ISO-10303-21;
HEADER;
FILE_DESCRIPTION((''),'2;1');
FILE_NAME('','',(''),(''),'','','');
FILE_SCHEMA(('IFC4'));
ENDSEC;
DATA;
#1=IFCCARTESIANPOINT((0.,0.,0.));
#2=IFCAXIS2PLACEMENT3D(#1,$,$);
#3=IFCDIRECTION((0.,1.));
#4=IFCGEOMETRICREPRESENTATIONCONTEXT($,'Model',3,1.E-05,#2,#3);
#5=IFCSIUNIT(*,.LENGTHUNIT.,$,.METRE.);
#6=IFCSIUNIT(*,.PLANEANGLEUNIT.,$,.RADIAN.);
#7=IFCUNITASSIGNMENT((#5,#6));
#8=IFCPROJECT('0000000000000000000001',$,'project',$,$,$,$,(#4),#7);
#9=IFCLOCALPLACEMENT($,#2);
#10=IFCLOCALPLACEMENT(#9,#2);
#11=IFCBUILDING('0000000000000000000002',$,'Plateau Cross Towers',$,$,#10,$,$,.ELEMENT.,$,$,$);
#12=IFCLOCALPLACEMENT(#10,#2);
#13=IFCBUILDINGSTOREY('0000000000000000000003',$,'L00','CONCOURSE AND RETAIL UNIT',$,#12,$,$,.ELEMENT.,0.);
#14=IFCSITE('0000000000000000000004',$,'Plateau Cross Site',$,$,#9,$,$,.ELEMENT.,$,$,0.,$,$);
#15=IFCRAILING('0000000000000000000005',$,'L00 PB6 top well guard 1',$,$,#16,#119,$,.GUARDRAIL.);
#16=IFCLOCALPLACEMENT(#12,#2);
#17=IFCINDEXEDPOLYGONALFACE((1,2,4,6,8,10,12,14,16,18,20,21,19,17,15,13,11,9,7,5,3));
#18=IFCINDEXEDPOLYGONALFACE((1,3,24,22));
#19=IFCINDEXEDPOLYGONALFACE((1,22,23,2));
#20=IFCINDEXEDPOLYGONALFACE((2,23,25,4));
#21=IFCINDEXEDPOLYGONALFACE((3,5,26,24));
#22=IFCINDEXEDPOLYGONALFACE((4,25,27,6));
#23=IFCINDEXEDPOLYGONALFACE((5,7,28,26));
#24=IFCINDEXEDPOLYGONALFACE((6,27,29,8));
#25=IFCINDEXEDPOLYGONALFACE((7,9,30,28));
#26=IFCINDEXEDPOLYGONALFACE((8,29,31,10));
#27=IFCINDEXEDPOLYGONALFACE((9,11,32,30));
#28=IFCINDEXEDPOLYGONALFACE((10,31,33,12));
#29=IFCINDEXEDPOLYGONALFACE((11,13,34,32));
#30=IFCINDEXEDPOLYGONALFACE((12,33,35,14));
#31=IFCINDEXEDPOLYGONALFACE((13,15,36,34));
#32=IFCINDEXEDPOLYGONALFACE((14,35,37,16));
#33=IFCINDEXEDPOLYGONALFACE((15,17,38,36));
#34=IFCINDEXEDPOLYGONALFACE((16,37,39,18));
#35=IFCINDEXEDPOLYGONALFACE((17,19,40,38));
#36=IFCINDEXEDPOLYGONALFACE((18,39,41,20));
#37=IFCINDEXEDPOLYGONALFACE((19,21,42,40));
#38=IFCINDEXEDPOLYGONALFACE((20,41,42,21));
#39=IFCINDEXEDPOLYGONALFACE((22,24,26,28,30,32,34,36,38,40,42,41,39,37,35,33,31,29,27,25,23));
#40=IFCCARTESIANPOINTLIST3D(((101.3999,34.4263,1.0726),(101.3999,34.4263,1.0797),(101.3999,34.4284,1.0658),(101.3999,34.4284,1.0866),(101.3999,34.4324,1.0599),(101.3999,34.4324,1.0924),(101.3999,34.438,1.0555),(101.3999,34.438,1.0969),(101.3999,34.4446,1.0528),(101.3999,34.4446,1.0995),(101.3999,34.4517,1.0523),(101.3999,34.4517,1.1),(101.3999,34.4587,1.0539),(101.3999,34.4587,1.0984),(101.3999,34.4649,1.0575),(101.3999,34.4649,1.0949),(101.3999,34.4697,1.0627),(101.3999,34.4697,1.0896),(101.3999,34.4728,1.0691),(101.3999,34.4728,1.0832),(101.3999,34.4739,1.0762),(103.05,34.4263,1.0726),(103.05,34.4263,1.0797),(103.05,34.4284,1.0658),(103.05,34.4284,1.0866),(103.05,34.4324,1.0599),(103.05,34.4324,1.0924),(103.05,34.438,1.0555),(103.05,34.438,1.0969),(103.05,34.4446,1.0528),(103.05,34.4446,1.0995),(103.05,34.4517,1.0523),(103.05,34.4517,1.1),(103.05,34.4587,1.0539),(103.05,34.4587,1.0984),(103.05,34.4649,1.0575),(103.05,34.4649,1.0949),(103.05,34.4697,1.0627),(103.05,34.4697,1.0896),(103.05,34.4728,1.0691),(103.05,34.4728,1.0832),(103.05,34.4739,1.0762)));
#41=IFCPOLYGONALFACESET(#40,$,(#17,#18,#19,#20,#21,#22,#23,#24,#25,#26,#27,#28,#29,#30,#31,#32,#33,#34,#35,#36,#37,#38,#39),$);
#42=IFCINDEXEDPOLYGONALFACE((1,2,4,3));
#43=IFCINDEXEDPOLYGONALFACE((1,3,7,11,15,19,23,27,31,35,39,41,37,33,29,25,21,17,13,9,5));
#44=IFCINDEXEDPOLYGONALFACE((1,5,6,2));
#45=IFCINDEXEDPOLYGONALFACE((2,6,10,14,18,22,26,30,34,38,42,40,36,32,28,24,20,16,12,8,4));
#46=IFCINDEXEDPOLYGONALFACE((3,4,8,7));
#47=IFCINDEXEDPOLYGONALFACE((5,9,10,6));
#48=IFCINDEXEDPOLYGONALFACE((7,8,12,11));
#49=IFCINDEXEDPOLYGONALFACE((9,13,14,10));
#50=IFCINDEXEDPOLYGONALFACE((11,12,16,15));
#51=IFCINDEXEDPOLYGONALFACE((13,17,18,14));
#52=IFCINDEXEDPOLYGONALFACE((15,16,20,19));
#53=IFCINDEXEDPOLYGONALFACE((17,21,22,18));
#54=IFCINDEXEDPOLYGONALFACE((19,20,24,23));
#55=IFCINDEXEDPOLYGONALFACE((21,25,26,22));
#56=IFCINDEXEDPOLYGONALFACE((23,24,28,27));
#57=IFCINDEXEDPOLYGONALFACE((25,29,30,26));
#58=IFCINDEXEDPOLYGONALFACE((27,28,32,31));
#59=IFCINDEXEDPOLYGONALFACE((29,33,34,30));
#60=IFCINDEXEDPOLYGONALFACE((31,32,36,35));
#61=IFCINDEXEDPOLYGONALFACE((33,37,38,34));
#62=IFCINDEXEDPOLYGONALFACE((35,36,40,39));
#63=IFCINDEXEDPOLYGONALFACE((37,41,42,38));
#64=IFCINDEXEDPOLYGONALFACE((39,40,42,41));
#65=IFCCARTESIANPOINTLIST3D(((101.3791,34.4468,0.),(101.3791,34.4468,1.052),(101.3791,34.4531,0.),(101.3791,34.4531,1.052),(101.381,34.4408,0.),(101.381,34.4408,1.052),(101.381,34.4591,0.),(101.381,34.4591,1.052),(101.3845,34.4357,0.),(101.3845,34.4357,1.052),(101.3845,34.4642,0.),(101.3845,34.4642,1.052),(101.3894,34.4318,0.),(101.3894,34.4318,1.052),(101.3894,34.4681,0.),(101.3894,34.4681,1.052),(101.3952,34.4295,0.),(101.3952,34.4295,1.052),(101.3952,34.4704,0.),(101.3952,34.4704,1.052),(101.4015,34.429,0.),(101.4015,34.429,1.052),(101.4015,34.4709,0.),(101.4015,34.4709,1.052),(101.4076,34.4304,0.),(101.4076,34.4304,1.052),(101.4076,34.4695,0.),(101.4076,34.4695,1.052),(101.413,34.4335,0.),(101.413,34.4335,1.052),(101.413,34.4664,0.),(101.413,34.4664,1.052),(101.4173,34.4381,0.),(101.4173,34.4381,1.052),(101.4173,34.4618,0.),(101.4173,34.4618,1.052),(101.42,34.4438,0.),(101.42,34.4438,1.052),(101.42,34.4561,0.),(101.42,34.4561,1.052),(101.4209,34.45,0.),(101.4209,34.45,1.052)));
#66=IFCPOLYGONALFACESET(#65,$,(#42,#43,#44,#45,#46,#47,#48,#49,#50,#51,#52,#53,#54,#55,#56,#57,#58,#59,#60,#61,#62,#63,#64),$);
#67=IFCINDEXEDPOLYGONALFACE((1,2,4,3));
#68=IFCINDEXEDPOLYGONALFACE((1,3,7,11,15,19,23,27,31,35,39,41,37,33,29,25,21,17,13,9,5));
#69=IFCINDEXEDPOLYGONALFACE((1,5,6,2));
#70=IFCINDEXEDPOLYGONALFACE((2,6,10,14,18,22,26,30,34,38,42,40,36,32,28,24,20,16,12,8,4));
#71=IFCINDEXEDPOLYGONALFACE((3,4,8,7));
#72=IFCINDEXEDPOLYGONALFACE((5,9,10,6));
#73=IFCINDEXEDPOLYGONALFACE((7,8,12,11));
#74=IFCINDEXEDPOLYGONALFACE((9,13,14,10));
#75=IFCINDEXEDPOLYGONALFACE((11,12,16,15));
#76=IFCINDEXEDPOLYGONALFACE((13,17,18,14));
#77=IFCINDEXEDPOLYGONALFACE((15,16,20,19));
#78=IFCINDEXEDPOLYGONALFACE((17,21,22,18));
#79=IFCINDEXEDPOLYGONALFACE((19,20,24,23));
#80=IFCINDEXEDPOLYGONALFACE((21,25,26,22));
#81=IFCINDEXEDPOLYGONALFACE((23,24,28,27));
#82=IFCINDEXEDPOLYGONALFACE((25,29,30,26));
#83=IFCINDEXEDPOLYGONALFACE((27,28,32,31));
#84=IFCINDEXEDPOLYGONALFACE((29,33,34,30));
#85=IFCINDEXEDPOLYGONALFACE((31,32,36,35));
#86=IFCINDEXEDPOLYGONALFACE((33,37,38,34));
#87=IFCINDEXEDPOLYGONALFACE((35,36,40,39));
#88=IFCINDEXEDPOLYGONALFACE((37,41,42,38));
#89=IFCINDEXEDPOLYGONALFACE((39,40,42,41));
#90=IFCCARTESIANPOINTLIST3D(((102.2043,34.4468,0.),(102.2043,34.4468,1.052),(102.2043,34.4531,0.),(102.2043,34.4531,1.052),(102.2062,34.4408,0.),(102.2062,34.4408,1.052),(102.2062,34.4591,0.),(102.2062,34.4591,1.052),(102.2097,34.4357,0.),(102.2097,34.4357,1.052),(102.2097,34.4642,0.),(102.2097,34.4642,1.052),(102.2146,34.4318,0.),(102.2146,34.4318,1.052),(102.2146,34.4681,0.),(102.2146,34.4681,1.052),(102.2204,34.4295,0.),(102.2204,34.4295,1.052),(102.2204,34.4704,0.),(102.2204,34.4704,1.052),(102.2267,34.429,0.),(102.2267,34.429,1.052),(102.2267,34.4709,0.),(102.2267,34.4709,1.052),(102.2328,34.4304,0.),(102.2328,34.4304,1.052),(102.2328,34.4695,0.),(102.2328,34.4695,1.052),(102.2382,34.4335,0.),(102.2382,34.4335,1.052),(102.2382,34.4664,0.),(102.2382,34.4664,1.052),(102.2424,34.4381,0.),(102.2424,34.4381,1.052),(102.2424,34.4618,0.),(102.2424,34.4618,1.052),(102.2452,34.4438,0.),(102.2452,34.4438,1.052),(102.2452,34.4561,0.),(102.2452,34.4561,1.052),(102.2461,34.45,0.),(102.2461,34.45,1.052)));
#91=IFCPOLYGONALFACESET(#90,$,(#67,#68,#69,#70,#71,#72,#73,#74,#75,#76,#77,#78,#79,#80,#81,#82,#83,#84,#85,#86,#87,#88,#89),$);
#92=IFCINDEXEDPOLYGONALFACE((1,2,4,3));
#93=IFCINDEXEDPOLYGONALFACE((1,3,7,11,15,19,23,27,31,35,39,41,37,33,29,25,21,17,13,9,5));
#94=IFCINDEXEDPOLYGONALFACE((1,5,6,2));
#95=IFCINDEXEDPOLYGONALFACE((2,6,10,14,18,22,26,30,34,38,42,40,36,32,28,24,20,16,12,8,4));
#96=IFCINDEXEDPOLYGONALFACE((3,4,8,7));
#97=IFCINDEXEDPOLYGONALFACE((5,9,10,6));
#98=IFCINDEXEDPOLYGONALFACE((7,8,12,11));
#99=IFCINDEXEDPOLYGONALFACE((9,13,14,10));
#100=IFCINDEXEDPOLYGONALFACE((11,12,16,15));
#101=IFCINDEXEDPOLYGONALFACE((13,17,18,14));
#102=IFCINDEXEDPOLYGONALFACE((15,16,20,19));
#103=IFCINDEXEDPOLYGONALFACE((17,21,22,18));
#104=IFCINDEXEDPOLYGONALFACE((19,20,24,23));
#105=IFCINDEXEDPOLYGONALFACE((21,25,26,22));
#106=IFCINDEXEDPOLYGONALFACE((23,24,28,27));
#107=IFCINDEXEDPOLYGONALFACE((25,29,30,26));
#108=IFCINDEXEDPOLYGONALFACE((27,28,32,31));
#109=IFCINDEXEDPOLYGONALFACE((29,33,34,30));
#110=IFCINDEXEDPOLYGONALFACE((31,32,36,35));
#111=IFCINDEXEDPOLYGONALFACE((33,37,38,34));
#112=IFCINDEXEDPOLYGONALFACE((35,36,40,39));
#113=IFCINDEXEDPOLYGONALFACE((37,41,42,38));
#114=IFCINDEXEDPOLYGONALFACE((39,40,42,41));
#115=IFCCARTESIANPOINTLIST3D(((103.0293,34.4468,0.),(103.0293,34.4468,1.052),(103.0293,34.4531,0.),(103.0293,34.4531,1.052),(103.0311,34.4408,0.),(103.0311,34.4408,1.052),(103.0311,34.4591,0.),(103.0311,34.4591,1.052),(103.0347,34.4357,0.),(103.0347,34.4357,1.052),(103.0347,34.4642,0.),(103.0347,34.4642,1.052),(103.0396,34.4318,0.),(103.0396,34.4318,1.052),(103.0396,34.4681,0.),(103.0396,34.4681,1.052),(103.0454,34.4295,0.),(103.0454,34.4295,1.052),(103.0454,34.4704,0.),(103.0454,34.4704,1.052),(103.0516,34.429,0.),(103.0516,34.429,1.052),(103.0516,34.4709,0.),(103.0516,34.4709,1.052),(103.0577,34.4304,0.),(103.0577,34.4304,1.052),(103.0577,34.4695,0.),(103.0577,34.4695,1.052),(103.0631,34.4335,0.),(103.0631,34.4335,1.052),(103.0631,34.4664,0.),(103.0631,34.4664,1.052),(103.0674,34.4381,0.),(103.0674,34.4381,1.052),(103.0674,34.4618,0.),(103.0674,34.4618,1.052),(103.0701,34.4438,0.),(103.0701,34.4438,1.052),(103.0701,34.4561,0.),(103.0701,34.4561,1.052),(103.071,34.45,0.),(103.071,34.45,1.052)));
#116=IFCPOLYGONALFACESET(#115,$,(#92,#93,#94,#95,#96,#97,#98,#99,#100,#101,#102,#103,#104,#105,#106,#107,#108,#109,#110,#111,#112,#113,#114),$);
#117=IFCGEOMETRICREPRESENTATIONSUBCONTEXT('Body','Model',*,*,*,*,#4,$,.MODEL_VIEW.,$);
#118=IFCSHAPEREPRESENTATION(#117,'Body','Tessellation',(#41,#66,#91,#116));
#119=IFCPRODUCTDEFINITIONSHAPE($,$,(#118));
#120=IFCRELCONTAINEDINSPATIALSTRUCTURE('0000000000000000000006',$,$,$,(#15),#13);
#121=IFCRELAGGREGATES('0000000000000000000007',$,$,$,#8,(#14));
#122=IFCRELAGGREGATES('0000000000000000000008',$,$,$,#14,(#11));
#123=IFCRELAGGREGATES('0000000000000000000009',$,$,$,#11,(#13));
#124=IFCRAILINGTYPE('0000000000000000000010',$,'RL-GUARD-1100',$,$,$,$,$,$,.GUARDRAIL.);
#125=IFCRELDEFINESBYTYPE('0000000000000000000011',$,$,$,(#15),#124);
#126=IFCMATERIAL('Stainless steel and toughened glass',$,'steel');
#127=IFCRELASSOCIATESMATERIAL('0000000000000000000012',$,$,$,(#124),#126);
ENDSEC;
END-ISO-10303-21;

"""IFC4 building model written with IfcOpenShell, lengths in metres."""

from ifc_helpers import new_model, si_unit, direction, frame, origin, origin_2d, place, context, subcontext, project, spatial, circle, extrude, material, type_object, element, save


model = new_model("IFC4")

# Units and contexts
model_context = context("Model", 3, precision=1e-05, world=origin(), true_north=direction((0.0, 1.0)))
body_context = subcontext(model_context, "Body", "Model", "MODEL_VIEW")
ifc_project = project(units=[si_unit("LENGTHUNIT", "METRE"), si_unit("PLANEANGLEUNIT", "RADIAN")], contexts=[model_context])

# Site, building, storey
site_placement = place(None, origin())
site = spatial("IfcSite", under=ifc_project, at=site_placement, Name="Plateau Cross Site", CompositionType="ELEMENT", RefElevation=0.0)
building_placement = place(site_placement, origin())
building = spatial("IfcBuilding", under=site, at=building_placement, Name="Plateau Cross Towers", CompositionType="ELEMENT")
storey_placement = place(building_placement, origin())
storey = spatial("IfcBuildingStorey", under=building, at=storey_placement, Name="L00", Description="CONCOURSE AND RETAIL UNIT", CompositionType="ELEMENT", Elevation=0.0)

# Railing
ifc_material_1 = material(Name="Stainless steel and toughened glass", Category="steel")
railing_type = type_object("IfcRailingType", Name="RL-GUARD-1100", PredefinedType="GUARDRAIL", material=ifc_material_1)
railing_placement = place(storey_placement, frame((101.3999, 34.45, 0.0)))
element("IfcRailing", 1, at=railing_placement, inside=storey, type_object=railing_type, Name="L00 PB6 top well guard 1", PredefinedType="GUARDRAIL", context=body_context, shape_type="SweptSolid", body=[
    extrude(circle(Radius=0.0239, at=origin_2d()), frame((0.0, 0.0, 1.0762), z_axis=(1.0, 0.0, 0.0), x_axis=(0.0, 1.0, 0.0)), (0.0, 0.0, 1.0), 1.6501),
    extrude(circle(Radius=0.021, at=origin_2d()), origin(), (0.0, 0.0, 1.0), 1.052),
    extrude(circle(Radius=0.021, at=origin_2d()), frame((0.8252, 0.0, 0.0)), (0.0, 0.0, 1.0), 1.052),
    extrude(circle(Radius=0.021, at=origin_2d()), frame((1.6501, 0.0, 0.0)), (0.0, 0.0, 1.0), 1.052),
])

save(model, "model.ifc")
